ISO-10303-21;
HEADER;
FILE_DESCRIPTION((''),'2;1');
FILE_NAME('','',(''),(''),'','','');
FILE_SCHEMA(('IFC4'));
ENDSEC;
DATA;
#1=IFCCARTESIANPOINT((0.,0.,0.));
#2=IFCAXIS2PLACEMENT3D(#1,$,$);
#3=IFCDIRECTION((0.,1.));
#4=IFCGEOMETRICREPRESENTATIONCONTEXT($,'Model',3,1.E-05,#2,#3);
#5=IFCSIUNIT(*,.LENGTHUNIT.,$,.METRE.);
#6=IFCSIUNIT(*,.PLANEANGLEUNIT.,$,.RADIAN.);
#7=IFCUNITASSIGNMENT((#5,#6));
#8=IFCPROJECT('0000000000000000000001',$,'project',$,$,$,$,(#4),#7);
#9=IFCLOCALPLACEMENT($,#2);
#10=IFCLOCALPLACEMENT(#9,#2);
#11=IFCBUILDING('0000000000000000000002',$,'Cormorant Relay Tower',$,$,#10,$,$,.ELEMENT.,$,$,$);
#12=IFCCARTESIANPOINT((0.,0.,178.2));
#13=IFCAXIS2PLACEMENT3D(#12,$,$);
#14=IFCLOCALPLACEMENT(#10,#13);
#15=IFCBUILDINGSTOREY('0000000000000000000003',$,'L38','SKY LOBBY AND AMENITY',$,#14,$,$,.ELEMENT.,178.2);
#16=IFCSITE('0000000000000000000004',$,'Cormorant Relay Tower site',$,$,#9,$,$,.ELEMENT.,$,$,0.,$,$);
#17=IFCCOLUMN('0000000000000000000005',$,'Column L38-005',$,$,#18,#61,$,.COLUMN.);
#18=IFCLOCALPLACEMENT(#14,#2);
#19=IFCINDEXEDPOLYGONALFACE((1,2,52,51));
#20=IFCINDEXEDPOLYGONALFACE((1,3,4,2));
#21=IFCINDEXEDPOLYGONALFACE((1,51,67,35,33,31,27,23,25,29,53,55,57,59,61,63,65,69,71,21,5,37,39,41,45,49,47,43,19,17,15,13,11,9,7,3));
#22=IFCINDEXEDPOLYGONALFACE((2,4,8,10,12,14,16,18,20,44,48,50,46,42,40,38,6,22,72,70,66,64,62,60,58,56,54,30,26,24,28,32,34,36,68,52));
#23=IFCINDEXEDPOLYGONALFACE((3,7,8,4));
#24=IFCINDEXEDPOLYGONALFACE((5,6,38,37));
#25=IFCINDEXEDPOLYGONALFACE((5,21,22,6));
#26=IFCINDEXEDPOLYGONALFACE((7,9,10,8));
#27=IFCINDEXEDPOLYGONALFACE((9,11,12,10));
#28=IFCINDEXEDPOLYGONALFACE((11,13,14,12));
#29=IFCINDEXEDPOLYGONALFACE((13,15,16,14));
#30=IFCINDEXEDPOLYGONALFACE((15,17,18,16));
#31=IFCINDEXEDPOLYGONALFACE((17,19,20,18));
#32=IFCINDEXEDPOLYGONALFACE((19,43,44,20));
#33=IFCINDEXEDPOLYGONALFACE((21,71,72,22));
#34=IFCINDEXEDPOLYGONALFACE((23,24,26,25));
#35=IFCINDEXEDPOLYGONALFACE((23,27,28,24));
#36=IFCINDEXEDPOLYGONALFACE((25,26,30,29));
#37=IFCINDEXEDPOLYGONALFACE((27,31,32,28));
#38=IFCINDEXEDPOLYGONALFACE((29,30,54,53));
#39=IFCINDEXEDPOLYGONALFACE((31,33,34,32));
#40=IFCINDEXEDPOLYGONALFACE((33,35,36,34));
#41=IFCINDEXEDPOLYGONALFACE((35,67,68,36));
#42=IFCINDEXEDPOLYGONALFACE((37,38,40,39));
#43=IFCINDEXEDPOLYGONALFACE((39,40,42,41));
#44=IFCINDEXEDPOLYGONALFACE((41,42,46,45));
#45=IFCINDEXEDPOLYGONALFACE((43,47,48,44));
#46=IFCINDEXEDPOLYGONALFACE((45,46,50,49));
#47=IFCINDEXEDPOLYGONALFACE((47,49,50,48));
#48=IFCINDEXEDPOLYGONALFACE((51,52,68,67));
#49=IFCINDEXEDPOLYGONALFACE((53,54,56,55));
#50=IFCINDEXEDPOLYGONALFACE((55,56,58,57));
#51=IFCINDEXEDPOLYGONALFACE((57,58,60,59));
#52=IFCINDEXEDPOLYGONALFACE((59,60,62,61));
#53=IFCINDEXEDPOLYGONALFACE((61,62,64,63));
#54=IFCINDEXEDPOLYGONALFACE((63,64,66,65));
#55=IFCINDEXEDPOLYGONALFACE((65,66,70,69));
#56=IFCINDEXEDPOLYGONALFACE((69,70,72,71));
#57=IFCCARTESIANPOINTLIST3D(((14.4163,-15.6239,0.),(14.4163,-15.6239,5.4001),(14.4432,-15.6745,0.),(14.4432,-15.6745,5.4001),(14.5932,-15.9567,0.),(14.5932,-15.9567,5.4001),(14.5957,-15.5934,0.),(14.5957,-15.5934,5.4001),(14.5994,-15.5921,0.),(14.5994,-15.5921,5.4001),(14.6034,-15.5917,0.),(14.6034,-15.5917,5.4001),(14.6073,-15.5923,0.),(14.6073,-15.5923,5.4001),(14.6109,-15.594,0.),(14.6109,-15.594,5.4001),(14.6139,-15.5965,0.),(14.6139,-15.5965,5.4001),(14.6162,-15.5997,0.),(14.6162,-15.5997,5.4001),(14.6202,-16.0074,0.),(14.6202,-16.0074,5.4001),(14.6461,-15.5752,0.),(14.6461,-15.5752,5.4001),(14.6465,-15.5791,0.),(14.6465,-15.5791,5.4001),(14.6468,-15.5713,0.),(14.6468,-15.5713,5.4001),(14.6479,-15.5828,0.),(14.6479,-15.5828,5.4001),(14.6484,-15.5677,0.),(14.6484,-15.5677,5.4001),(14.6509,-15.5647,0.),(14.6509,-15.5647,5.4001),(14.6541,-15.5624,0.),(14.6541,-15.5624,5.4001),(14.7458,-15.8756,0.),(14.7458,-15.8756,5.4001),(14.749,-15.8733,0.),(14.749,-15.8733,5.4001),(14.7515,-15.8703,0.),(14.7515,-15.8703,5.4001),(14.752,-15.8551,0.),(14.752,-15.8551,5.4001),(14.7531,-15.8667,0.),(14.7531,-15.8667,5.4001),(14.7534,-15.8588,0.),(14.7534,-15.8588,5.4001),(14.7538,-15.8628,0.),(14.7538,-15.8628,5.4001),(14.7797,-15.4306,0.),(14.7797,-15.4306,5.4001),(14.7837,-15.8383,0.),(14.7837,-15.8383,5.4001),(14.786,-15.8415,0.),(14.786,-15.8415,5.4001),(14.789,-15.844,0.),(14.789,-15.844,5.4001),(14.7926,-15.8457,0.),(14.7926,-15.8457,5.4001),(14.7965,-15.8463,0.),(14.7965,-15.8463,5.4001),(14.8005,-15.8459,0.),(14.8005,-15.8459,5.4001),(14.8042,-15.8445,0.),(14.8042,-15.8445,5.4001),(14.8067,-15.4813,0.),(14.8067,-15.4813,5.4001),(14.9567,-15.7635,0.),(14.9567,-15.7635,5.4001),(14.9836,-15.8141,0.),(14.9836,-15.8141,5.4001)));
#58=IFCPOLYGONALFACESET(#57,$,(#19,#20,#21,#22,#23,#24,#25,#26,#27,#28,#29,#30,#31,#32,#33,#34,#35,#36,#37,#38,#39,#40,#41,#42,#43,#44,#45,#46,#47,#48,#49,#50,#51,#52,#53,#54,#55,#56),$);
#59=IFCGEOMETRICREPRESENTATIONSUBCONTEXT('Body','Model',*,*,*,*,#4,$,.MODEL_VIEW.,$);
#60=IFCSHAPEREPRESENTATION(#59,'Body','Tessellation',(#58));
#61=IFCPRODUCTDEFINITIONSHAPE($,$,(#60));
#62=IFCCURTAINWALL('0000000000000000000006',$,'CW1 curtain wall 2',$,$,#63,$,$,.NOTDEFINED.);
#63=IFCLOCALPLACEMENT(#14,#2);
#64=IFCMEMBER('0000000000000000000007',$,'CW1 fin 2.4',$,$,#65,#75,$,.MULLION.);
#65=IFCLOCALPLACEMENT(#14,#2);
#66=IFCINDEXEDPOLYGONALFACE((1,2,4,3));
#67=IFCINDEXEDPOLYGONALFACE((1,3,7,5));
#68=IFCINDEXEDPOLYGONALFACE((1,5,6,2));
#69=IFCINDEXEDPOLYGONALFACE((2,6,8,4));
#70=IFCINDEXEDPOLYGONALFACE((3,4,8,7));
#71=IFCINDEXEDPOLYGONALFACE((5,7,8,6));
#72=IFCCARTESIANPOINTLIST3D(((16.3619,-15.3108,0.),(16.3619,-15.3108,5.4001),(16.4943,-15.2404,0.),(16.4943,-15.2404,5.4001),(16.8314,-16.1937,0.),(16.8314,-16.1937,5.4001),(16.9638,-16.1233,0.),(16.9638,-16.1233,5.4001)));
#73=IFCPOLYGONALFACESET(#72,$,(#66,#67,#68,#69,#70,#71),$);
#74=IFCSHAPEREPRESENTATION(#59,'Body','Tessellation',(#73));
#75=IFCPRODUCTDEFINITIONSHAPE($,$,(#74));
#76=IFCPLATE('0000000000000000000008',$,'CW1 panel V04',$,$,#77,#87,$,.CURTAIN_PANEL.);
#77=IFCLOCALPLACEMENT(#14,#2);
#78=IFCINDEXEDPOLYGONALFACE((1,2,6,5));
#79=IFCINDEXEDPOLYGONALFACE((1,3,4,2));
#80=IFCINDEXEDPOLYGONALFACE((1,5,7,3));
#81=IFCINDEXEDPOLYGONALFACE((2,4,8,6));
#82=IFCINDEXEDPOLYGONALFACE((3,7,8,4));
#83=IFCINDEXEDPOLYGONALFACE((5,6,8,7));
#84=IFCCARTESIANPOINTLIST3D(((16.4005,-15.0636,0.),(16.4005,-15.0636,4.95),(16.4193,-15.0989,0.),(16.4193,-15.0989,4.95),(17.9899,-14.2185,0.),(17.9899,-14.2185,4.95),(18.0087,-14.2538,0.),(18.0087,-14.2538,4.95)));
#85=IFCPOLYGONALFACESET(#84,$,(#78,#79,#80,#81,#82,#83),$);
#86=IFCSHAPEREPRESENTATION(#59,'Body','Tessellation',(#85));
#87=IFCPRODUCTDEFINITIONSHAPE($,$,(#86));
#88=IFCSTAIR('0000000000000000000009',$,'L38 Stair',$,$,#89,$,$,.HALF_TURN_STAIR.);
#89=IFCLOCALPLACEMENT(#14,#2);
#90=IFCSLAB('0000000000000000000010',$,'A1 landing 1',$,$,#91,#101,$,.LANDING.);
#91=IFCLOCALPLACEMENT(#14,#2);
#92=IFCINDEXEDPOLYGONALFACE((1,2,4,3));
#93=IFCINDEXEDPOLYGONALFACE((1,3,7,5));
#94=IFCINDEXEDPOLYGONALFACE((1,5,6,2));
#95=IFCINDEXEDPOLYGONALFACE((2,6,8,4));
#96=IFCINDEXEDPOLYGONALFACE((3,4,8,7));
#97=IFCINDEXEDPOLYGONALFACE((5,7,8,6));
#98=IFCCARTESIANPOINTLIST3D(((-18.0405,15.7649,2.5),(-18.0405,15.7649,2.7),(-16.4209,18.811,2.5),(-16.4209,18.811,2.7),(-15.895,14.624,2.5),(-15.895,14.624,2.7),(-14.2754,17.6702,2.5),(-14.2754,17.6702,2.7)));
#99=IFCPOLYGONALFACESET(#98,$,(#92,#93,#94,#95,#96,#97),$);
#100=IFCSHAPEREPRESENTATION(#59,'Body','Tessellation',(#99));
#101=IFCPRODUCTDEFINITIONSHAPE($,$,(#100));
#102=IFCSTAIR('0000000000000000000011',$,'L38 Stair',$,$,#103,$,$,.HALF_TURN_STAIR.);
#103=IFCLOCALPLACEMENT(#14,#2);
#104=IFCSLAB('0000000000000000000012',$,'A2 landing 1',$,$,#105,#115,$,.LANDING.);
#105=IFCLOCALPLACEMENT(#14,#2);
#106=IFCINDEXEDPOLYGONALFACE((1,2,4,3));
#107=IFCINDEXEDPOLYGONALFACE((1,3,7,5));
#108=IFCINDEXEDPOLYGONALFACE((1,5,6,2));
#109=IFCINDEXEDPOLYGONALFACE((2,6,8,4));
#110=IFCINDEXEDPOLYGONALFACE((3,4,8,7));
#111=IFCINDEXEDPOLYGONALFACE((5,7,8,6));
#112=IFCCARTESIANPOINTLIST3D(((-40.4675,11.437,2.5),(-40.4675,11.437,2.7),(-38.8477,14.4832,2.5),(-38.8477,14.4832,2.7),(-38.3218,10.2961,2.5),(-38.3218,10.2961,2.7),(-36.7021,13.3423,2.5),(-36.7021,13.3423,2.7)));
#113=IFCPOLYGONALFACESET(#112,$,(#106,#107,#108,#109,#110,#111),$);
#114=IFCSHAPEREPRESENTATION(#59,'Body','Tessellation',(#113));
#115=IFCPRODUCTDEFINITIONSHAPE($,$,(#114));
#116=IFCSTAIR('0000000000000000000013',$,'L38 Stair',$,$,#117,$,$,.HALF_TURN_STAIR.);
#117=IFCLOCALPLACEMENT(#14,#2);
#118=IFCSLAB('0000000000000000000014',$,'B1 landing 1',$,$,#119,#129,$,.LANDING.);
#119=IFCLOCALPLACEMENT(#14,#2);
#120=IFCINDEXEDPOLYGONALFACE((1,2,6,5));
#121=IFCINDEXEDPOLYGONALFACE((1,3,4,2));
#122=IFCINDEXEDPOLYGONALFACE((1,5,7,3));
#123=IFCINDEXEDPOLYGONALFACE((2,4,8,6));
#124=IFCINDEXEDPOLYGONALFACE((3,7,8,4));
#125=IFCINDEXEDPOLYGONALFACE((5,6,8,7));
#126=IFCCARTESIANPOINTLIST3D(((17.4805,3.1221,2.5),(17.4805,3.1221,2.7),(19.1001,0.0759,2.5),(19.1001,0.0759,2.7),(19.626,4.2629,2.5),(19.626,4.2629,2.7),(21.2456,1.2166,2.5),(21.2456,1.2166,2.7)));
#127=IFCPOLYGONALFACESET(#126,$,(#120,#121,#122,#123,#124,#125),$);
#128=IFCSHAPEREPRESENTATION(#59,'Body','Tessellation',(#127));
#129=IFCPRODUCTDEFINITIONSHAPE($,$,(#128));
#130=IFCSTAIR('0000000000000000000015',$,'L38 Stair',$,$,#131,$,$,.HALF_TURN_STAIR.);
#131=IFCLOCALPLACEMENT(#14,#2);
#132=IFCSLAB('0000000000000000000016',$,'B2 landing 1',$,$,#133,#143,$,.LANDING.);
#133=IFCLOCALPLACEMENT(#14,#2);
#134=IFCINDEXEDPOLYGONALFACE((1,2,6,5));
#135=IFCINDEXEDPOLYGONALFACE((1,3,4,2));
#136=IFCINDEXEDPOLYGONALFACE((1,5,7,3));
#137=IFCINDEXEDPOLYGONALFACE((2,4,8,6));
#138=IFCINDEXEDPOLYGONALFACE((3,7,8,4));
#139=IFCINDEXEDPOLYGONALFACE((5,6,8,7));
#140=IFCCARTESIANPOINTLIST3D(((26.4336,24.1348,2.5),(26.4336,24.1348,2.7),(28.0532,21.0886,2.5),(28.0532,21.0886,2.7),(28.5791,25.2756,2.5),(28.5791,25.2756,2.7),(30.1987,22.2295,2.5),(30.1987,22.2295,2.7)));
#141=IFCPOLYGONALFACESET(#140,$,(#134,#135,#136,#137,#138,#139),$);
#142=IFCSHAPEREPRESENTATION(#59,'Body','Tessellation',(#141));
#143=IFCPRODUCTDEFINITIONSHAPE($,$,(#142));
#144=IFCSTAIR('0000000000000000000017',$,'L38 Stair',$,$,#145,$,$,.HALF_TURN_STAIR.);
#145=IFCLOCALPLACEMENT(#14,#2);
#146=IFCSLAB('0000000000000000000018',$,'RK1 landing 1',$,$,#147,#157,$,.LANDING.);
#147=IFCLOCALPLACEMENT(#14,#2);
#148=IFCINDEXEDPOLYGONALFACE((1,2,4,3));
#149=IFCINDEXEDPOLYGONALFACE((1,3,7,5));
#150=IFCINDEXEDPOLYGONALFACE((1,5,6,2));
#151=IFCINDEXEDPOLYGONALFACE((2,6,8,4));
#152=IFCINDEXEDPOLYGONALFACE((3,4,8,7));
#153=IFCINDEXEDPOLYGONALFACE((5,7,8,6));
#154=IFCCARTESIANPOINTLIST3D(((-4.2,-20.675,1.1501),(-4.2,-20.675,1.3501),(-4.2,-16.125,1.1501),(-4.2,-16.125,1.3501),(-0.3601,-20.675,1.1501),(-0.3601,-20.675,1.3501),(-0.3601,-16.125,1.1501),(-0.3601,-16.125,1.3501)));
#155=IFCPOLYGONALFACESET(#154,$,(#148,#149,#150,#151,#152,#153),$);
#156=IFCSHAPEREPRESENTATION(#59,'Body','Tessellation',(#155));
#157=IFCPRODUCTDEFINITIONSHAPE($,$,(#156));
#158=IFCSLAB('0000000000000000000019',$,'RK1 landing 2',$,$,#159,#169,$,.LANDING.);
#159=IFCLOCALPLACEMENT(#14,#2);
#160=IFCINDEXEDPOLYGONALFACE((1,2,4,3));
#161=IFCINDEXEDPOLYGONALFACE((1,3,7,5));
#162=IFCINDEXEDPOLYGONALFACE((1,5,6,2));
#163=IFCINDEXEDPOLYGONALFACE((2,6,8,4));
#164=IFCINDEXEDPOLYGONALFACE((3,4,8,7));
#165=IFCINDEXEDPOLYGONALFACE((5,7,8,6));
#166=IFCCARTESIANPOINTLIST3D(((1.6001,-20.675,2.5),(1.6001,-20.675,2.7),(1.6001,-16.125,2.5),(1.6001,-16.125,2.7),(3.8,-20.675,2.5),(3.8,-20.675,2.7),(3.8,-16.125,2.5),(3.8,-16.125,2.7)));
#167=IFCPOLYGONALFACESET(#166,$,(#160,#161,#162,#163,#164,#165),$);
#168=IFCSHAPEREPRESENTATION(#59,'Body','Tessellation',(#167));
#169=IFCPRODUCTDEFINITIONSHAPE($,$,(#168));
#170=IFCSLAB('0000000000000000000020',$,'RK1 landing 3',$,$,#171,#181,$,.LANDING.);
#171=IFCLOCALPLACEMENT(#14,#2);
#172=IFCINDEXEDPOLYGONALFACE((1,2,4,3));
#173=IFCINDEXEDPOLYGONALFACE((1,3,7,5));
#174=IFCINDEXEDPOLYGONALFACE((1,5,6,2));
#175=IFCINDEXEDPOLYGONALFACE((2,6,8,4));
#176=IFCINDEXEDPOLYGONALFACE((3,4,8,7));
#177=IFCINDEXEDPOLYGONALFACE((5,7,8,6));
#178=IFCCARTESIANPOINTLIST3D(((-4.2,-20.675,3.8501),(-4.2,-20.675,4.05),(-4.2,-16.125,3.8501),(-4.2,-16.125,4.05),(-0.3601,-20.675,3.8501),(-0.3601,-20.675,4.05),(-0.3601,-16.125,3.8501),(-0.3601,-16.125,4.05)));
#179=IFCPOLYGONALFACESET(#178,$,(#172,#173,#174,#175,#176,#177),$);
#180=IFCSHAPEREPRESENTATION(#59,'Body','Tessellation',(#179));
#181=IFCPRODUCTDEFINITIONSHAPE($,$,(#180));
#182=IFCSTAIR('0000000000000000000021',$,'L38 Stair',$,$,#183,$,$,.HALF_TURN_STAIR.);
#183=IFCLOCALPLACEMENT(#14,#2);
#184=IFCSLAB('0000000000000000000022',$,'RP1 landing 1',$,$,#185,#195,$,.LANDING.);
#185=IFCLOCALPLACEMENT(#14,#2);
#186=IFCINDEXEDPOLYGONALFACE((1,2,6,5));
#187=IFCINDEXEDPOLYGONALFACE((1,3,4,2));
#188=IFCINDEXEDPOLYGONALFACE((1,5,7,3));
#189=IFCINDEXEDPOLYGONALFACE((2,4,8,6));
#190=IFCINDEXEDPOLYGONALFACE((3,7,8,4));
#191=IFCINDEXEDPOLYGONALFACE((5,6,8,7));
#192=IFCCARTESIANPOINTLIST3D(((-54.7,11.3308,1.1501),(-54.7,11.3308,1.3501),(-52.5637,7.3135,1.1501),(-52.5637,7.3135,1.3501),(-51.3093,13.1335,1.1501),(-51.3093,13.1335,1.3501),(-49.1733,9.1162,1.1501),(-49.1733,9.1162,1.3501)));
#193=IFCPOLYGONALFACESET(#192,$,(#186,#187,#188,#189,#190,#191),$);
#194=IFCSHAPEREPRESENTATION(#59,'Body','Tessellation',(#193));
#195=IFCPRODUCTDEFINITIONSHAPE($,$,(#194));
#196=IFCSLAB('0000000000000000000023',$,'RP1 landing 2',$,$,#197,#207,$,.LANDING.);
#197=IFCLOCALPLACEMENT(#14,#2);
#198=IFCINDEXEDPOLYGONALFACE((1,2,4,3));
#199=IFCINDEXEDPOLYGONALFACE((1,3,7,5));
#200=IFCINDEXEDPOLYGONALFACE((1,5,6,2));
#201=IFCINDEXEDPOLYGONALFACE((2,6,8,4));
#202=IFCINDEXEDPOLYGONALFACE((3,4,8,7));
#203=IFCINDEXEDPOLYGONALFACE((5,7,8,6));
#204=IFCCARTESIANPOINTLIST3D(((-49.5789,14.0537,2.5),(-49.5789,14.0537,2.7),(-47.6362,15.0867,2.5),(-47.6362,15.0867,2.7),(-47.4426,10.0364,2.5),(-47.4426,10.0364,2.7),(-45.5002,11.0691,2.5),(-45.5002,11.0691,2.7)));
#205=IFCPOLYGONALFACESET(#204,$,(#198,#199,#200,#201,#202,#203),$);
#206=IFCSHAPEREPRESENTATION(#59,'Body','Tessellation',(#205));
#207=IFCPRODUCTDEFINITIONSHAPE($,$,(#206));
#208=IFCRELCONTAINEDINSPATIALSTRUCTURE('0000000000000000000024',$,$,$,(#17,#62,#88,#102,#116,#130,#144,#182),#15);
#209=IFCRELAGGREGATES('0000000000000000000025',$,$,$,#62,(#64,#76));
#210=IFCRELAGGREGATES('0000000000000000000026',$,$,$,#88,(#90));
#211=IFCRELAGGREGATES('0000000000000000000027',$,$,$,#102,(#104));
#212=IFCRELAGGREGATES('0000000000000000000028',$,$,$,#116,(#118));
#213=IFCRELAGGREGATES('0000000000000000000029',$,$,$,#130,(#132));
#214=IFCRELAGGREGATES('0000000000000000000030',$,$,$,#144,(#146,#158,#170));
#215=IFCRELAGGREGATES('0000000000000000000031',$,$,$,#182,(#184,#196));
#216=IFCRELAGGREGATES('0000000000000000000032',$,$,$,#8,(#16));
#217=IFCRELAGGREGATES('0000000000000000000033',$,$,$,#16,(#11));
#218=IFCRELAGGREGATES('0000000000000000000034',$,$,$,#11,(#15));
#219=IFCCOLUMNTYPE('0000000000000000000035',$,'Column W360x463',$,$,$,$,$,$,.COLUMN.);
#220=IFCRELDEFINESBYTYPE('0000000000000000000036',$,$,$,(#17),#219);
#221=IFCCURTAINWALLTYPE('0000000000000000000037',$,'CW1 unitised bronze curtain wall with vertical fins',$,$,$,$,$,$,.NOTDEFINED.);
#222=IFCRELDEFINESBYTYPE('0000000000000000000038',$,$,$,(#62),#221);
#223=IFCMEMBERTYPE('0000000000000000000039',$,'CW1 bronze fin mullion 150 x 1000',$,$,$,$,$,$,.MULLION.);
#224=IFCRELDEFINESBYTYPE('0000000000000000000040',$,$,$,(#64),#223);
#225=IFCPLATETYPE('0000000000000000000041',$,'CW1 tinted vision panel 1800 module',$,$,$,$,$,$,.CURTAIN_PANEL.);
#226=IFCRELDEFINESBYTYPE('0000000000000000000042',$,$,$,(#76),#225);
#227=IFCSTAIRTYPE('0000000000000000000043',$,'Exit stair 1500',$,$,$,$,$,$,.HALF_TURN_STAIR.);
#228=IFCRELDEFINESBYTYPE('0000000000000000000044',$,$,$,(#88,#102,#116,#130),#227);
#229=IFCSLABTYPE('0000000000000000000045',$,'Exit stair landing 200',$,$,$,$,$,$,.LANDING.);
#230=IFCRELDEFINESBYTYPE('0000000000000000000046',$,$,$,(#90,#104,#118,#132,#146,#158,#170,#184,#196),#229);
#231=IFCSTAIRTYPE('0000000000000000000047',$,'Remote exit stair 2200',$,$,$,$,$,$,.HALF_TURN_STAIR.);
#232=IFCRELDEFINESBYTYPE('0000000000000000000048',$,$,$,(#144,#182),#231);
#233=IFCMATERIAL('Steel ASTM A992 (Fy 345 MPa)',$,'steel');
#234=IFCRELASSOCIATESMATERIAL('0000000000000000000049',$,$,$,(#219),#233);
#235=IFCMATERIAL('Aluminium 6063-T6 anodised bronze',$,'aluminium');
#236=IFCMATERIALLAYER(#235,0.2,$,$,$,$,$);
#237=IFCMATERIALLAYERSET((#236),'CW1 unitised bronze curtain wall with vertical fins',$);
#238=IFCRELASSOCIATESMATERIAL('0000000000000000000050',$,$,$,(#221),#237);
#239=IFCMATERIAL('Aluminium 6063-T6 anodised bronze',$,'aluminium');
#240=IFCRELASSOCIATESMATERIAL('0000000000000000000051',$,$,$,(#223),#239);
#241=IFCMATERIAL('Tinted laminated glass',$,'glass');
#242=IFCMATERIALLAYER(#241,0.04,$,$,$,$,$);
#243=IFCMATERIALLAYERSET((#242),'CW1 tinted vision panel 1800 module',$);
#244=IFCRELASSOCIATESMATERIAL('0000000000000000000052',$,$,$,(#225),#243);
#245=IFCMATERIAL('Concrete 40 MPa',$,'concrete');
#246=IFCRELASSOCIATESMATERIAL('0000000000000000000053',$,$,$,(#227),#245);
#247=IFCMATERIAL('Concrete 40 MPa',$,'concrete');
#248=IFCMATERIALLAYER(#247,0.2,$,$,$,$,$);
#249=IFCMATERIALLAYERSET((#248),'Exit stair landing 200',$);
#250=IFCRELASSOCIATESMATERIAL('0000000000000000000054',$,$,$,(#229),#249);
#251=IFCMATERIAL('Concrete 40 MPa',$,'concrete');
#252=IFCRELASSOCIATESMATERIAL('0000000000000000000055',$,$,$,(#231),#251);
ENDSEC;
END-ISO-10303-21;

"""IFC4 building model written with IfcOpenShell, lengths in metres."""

from ifc_helpers import new_model, si_unit, direction, frame, origin, origin_2d, place, context, subcontext, project, spatial, polyline, rectangle, i_section, outline, extrude, material, layer, layer_set, material_profile, profile_set, type_object, element, aggregate, save


model = new_model("IFC4")

# Units and contexts
model_context = context("Model", 3, precision=1e-05, world=origin(), true_north=direction((0.0, 1.0)))
body_context = subcontext(model_context, "Body", "Model", "MODEL_VIEW")
ifc_project = project(units=[si_unit("LENGTHUNIT", "METRE"), si_unit("PLANEANGLEUNIT", "RADIAN")], contexts=[model_context])

# Site, building, storey
site_placement = place(None, origin())
site = spatial("IfcSite", under=ifc_project, at=site_placement, Name="Cormorant Relay Tower site", CompositionType="ELEMENT", RefElevation=0.0)
building_placement = place(site_placement, origin())
building = spatial("IfcBuilding", under=site, at=building_placement, Name="Cormorant Relay Tower", CompositionType="ELEMENT")
storey_placement = place(building_placement, frame((0.0, 0.0, 178.2)))
storey = spatial("IfcBuildingStorey", under=building, at=storey_placement, Name="L38", Description="SKY LOBBY AND AMENITY", CompositionType="ELEMENT", Elevation=178.2)

# Column
ifc_material_1 = material(Name="Steel ASTM A992 (Fy 345 MPa)", Category="steel")
ifc_material_profile_1 = material_profile(ifc_material_1, i_section(OverallWidth=0.4116, OverallDepth=0.4343, WebThickness=0.0359, FlangeThickness=0.0574, FilletRadius=0.0151, at=origin_2d()), Name="W360x463")
ifc_profile_set_1 = profile_set([ifc_material_profile_1], Name="Steel ASTM A992 (Fy 345 MPa)")
column_type_1 = type_object("IfcColumnType", Name="Column W360x463", PredefinedType="COLUMN", material=ifc_profile_set_1)
column_placement = place(storey_placement, frame((14.7, -15.719, 0.0), z_axis=(0.0, 0.0, 1.0), x_axis=(0.882948, 0.469472, 0.0)))
element("IfcColumn", 1, at=column_placement, inside=storey, type_object=column_type_1, Name="Column L38-005", PredefinedType="COLUMN", context=body_context, shape_type="SweptSolid", body=[
    extrude(i_section(OverallWidth=0.4116, OverallDepth=0.4343, WebThickness=0.0359, FlangeThickness=0.0574, FilletRadius=0.0151, at=origin_2d()), origin(), (0.0, 0.0, 1.0), 5.4001),
])

# Curtain wall, member, plate
ifc_material_2 = material(Name="Aluminium 6063-T6 anodised bronze", Category="aluminium")
ifc_layer_1 = layer(ifc_material_2, 0.2)
ifc_layer_set_1 = layer_set([ifc_layer_1], Name="CW1 unitised bronze curtain wall with vertical fins")
curtain_wall_type = type_object("IfcCurtainWallType", Name="CW1 unitised bronze curtain wall with vertical fins", PredefinedType="NOTDEFINED", material=ifc_layer_set_1)
curtain_wall_placement = place(storey_placement, origin())
curtain_wall = element("IfcCurtainWall", 2, at=curtain_wall_placement, inside=storey, type_object=curtain_wall_type, Name="CW1 curtain wall 2", PredefinedType="NOTDEFINED")
ifc_material_3 = material(Name="Aluminium 6063-T6 anodised bronze", Category="aluminium")
ifc_material_profile_2 = material_profile(ifc_material_3, rectangle(XDim=0.1499, YDim=1.0, at=origin_2d()), Name="AL 150x1000")
ifc_profile_set_2 = profile_set([ifc_material_profile_2], Name="Aluminium 6063-T6 anodised bronze")
member_type = type_object("IfcMemberType", Name="CW1 bronze fin mullion 150 x 1000", PredefinedType="MULLION", material=ifc_profile_set_2)
member_placement = place(storey_placement, frame((16.6628, -15.717, 0.0), z_axis=(0.0, 0.0, 1.0), x_axis=(0.882948, 0.469472, 0.0)))
member = element("IfcMember", 3, at=member_placement, type_object=member_type, Name="CW1 fin 2.4", PredefinedType="MULLION", context=body_context, shape_type="SweptSolid", body=[
    extrude(rectangle(XDim=0.1499, YDim=1.0, at=origin_2d()), origin(), (0.0, 0.0, 1.0), 5.4001),
])
ifc_material_4 = material(Name="Tinted laminated glass", Category="glass")
ifc_layer_2 = layer(ifc_material_4, 0.04)
ifc_layer_set_2 = layer_set([ifc_layer_2], Name="CW1 tinted vision panel 1800 module")
plate_type = type_object("IfcPlateType", Name="CW1 tinted vision panel 1800 module", PredefinedType="CURTAIN_PANEL", material=ifc_layer_set_2)
plate_placement = place(storey_placement, frame((17.2046, -14.6587, 0.0), z_axis=(0.0, 0.0, 1.0), x_axis=(0.882948, 0.469472, 0.0)))
plate = element("IfcPlate", 4, at=plate_placement, type_object=plate_type, Name="CW1 panel V04", PredefinedType="CURTAIN_PANEL", context=body_context, shape_type="SweptSolid", body=[
    extrude(rectangle(XDim=1.8, YDim=0.04, at=origin_2d()), origin(), (0.0, 0.0, 1.0), 4.95),
])
aggregate(curtain_wall, [member, plate])

# Stairs, slabs
ifc_material_5 = material(Name="Concrete 40 MPa", Category="concrete")
stair_type_1 = type_object("IfcStairType", Name="Exit stair 1500", PredefinedType="HALF_TURN_STAIR", material=ifc_material_5)
stair_1_placement = place(storey_placement, origin())
stair_1 = element("IfcStair", 5, at=stair_1_placement, inside=storey, type_object=stair_type_1, Name="L38 Stair", PredefinedType="HALF_TURN_STAIR")
ifc_material_6 = material(Name="Concrete 40 MPa", Category="concrete")
ifc_layer_3 = layer(ifc_material_6, 0.2)
ifc_layer_set_3 = layer_set([ifc_layer_3], Name="Exit stair landing 200")
slab_type_1 = type_object("IfcSlabType", Name="Exit stair landing 200", PredefinedType="LANDING", material=ifc_layer_set_3)
slab_1_placement = place(storey_placement, frame((0.0, 0.0, 2.5)))
slab_1 = element("IfcSlab", 6, at=slab_1_placement, type_object=slab_type_1, Name="A1 landing 1", PredefinedType="LANDING", context=body_context, shape_type="SweptSolid", body=[
    extrude(outline(polyline([(-18.0405, 15.7649), (-15.895, 14.624), (-14.2754, 17.6702), (-16.4209, 18.811), (-18.0405, 15.7649)])), origin(), (0.0, 0.0, 1.0), 0.2),
])
aggregate(stair_1, [slab_1])
stair_2_placement = place(storey_placement, origin())
stair_2 = element("IfcStair", 7, at=stair_2_placement, inside=storey, type_object=stair_type_1, Name="L38 Stair", PredefinedType="HALF_TURN_STAIR")
slab_2_placement = place(storey_placement, frame((0.0, 0.0, 2.5)))
slab_2 = element("IfcSlab", 8, at=slab_2_placement, type_object=slab_type_1, Name="A2 landing 1", PredefinedType="LANDING", context=body_context, shape_type="SweptSolid", body=[
    extrude(outline(polyline([(-36.7021, 13.3423), (-38.8477, 14.4832), (-40.4675, 11.437), (-38.3218, 10.2961), (-36.7021, 13.3423)])), origin(), (0.0, 0.0, 1.0), 0.2),
])
aggregate(stair_2, [slab_2])
stair_3_placement = place(storey_placement, origin())
stair_3 = element("IfcStair", 9, at=stair_3_placement, inside=storey, type_object=stair_type_1, Name="L38 Stair", PredefinedType="HALF_TURN_STAIR")
slab_3_placement = place(storey_placement, frame((0.0, 0.0, 2.5)))
slab_3 = element("IfcSlab", 10, at=slab_3_placement, type_object=slab_type_1, Name="B1 landing 1", PredefinedType="LANDING", context=body_context, shape_type="SweptSolid", body=[
    extrude(outline(polyline([(19.626, 4.2629), (17.4805, 3.1221), (19.1001, 0.0759), (21.2456, 1.2166), (19.626, 4.2629)])), origin(), (0.0, 0.0, 1.0), 0.2),
])
aggregate(stair_3, [slab_3])
stair_4_placement = place(storey_placement, origin())
stair_4 = element("IfcStair", 11, at=stair_4_placement, inside=storey, type_object=stair_type_1, Name="L38 Stair", PredefinedType="HALF_TURN_STAIR")
slab_4_placement = place(storey_placement, frame((0.0, 0.0, 2.5)))
slab_4 = element("IfcSlab", 12, at=slab_4_placement, type_object=slab_type_1, Name="B2 landing 1", PredefinedType="LANDING", context=body_context, shape_type="SweptSolid", body=[
    extrude(outline(polyline([(28.0532, 21.0886), (30.1987, 22.2295), (28.5791, 25.2756), (26.4336, 24.1348), (28.0532, 21.0886)])), origin(), (0.0, 0.0, 1.0), 0.2),
])
aggregate(stair_4, [slab_4])

# Stairs, slabs
ifc_material_7 = material(Name="Concrete 40 MPa", Category="concrete")
stair_type_2 = type_object("IfcStairType", Name="Remote exit stair 2200", PredefinedType="HALF_TURN_STAIR", material=ifc_material_7)
stair_5_placement = place(storey_placement, origin())
stair_5 = element("IfcStair", 13, at=stair_5_placement, inside=storey, type_object=stair_type_2, Name="L38 Stair", PredefinedType="HALF_TURN_STAIR")
slab_5_placement = place(storey_placement, frame((0.0, 0.0, 1.1501)))
slab_5 = element("IfcSlab", 14, at=slab_5_placement, type_object=slab_type_1, Name="RK1 landing 1", PredefinedType="LANDING", context=body_context, shape_type="SweptSolid", body=[
    extrude(outline(polyline([(-0.3601, -16.125), (-4.2, -16.125), (-4.2, -20.675), (-0.3601, -20.675), (-0.3601, -16.125)])), origin(), (0.0, 0.0, 1.0), 0.2),
])
slab_6_placement = place(storey_placement, frame((0.0, 0.0, 2.5)))
slab_6 = element("IfcSlab", 15, at=slab_6_placement, type_object=slab_type_1, Name="RK1 landing 2", PredefinedType="LANDING", context=body_context, shape_type="SweptSolid", body=[
    extrude(outline(polyline([(3.8, -16.125), (1.6001, -16.125), (1.6001, -20.675), (3.8, -20.675), (3.8, -16.125)])), origin(), (0.0, 0.0, 1.0), 0.2),
])
slab_7_placement = place(storey_placement, frame((0.0, 0.0, 3.8501)))
slab_7 = element("IfcSlab", 16, at=slab_7_placement, type_object=slab_type_1, Name="RK1 landing 3", PredefinedType="LANDING", context=body_context, shape_type="SweptSolid", body=[
    extrude(outline(polyline([(-0.3601, -16.125), (-4.2, -16.125), (-4.2, -20.675), (-0.3601, -20.675), (-0.3601, -16.125)])), origin(), (0.0, 0.0, 1.0), 0.2),
])
aggregate(stair_5, [slab_5, slab_6, slab_7])
stair_6_placement = place(storey_placement, origin())
stair_6 = element("IfcStair", 17, at=stair_6_placement, inside=storey, type_object=stair_type_2, Name="L38 Stair", PredefinedType="HALF_TURN_STAIR")
slab_8_placement = place(storey_placement, frame((0.0, 0.0, 1.1501)))
slab_8 = element("IfcSlab", 18, at=slab_8_placement, type_object=slab_type_1, Name="RP1 landing 1", PredefinedType="LANDING", context=body_context, shape_type="SweptSolid", body=[
    extrude(outline(polyline([(-51.3093, 13.1335), (-54.7, 11.3308), (-52.5637, 7.3135), (-49.1733, 9.1162), (-51.3093, 13.1335)])), origin(), (0.0, 0.0, 1.0), 0.2),
])
slab_9_placement = place(storey_placement, frame((0.0, 0.0, 2.5)))
slab_9 = element("IfcSlab", 19, at=slab_9_placement, type_object=slab_type_1, Name="RP1 landing 2", PredefinedType="LANDING", context=body_context, shape_type="SweptSolid", body=[
    extrude(outline(polyline([(-47.6362, 15.0867), (-49.5789, 14.0537), (-47.4426, 10.0364), (-45.5002, 11.0691), (-47.6362, 15.0867)])), origin(), (0.0, 0.0, 1.0), 0.2),
])
aggregate(stair_6, [slab_8, slab_9])

save(model, "model.ifc")
